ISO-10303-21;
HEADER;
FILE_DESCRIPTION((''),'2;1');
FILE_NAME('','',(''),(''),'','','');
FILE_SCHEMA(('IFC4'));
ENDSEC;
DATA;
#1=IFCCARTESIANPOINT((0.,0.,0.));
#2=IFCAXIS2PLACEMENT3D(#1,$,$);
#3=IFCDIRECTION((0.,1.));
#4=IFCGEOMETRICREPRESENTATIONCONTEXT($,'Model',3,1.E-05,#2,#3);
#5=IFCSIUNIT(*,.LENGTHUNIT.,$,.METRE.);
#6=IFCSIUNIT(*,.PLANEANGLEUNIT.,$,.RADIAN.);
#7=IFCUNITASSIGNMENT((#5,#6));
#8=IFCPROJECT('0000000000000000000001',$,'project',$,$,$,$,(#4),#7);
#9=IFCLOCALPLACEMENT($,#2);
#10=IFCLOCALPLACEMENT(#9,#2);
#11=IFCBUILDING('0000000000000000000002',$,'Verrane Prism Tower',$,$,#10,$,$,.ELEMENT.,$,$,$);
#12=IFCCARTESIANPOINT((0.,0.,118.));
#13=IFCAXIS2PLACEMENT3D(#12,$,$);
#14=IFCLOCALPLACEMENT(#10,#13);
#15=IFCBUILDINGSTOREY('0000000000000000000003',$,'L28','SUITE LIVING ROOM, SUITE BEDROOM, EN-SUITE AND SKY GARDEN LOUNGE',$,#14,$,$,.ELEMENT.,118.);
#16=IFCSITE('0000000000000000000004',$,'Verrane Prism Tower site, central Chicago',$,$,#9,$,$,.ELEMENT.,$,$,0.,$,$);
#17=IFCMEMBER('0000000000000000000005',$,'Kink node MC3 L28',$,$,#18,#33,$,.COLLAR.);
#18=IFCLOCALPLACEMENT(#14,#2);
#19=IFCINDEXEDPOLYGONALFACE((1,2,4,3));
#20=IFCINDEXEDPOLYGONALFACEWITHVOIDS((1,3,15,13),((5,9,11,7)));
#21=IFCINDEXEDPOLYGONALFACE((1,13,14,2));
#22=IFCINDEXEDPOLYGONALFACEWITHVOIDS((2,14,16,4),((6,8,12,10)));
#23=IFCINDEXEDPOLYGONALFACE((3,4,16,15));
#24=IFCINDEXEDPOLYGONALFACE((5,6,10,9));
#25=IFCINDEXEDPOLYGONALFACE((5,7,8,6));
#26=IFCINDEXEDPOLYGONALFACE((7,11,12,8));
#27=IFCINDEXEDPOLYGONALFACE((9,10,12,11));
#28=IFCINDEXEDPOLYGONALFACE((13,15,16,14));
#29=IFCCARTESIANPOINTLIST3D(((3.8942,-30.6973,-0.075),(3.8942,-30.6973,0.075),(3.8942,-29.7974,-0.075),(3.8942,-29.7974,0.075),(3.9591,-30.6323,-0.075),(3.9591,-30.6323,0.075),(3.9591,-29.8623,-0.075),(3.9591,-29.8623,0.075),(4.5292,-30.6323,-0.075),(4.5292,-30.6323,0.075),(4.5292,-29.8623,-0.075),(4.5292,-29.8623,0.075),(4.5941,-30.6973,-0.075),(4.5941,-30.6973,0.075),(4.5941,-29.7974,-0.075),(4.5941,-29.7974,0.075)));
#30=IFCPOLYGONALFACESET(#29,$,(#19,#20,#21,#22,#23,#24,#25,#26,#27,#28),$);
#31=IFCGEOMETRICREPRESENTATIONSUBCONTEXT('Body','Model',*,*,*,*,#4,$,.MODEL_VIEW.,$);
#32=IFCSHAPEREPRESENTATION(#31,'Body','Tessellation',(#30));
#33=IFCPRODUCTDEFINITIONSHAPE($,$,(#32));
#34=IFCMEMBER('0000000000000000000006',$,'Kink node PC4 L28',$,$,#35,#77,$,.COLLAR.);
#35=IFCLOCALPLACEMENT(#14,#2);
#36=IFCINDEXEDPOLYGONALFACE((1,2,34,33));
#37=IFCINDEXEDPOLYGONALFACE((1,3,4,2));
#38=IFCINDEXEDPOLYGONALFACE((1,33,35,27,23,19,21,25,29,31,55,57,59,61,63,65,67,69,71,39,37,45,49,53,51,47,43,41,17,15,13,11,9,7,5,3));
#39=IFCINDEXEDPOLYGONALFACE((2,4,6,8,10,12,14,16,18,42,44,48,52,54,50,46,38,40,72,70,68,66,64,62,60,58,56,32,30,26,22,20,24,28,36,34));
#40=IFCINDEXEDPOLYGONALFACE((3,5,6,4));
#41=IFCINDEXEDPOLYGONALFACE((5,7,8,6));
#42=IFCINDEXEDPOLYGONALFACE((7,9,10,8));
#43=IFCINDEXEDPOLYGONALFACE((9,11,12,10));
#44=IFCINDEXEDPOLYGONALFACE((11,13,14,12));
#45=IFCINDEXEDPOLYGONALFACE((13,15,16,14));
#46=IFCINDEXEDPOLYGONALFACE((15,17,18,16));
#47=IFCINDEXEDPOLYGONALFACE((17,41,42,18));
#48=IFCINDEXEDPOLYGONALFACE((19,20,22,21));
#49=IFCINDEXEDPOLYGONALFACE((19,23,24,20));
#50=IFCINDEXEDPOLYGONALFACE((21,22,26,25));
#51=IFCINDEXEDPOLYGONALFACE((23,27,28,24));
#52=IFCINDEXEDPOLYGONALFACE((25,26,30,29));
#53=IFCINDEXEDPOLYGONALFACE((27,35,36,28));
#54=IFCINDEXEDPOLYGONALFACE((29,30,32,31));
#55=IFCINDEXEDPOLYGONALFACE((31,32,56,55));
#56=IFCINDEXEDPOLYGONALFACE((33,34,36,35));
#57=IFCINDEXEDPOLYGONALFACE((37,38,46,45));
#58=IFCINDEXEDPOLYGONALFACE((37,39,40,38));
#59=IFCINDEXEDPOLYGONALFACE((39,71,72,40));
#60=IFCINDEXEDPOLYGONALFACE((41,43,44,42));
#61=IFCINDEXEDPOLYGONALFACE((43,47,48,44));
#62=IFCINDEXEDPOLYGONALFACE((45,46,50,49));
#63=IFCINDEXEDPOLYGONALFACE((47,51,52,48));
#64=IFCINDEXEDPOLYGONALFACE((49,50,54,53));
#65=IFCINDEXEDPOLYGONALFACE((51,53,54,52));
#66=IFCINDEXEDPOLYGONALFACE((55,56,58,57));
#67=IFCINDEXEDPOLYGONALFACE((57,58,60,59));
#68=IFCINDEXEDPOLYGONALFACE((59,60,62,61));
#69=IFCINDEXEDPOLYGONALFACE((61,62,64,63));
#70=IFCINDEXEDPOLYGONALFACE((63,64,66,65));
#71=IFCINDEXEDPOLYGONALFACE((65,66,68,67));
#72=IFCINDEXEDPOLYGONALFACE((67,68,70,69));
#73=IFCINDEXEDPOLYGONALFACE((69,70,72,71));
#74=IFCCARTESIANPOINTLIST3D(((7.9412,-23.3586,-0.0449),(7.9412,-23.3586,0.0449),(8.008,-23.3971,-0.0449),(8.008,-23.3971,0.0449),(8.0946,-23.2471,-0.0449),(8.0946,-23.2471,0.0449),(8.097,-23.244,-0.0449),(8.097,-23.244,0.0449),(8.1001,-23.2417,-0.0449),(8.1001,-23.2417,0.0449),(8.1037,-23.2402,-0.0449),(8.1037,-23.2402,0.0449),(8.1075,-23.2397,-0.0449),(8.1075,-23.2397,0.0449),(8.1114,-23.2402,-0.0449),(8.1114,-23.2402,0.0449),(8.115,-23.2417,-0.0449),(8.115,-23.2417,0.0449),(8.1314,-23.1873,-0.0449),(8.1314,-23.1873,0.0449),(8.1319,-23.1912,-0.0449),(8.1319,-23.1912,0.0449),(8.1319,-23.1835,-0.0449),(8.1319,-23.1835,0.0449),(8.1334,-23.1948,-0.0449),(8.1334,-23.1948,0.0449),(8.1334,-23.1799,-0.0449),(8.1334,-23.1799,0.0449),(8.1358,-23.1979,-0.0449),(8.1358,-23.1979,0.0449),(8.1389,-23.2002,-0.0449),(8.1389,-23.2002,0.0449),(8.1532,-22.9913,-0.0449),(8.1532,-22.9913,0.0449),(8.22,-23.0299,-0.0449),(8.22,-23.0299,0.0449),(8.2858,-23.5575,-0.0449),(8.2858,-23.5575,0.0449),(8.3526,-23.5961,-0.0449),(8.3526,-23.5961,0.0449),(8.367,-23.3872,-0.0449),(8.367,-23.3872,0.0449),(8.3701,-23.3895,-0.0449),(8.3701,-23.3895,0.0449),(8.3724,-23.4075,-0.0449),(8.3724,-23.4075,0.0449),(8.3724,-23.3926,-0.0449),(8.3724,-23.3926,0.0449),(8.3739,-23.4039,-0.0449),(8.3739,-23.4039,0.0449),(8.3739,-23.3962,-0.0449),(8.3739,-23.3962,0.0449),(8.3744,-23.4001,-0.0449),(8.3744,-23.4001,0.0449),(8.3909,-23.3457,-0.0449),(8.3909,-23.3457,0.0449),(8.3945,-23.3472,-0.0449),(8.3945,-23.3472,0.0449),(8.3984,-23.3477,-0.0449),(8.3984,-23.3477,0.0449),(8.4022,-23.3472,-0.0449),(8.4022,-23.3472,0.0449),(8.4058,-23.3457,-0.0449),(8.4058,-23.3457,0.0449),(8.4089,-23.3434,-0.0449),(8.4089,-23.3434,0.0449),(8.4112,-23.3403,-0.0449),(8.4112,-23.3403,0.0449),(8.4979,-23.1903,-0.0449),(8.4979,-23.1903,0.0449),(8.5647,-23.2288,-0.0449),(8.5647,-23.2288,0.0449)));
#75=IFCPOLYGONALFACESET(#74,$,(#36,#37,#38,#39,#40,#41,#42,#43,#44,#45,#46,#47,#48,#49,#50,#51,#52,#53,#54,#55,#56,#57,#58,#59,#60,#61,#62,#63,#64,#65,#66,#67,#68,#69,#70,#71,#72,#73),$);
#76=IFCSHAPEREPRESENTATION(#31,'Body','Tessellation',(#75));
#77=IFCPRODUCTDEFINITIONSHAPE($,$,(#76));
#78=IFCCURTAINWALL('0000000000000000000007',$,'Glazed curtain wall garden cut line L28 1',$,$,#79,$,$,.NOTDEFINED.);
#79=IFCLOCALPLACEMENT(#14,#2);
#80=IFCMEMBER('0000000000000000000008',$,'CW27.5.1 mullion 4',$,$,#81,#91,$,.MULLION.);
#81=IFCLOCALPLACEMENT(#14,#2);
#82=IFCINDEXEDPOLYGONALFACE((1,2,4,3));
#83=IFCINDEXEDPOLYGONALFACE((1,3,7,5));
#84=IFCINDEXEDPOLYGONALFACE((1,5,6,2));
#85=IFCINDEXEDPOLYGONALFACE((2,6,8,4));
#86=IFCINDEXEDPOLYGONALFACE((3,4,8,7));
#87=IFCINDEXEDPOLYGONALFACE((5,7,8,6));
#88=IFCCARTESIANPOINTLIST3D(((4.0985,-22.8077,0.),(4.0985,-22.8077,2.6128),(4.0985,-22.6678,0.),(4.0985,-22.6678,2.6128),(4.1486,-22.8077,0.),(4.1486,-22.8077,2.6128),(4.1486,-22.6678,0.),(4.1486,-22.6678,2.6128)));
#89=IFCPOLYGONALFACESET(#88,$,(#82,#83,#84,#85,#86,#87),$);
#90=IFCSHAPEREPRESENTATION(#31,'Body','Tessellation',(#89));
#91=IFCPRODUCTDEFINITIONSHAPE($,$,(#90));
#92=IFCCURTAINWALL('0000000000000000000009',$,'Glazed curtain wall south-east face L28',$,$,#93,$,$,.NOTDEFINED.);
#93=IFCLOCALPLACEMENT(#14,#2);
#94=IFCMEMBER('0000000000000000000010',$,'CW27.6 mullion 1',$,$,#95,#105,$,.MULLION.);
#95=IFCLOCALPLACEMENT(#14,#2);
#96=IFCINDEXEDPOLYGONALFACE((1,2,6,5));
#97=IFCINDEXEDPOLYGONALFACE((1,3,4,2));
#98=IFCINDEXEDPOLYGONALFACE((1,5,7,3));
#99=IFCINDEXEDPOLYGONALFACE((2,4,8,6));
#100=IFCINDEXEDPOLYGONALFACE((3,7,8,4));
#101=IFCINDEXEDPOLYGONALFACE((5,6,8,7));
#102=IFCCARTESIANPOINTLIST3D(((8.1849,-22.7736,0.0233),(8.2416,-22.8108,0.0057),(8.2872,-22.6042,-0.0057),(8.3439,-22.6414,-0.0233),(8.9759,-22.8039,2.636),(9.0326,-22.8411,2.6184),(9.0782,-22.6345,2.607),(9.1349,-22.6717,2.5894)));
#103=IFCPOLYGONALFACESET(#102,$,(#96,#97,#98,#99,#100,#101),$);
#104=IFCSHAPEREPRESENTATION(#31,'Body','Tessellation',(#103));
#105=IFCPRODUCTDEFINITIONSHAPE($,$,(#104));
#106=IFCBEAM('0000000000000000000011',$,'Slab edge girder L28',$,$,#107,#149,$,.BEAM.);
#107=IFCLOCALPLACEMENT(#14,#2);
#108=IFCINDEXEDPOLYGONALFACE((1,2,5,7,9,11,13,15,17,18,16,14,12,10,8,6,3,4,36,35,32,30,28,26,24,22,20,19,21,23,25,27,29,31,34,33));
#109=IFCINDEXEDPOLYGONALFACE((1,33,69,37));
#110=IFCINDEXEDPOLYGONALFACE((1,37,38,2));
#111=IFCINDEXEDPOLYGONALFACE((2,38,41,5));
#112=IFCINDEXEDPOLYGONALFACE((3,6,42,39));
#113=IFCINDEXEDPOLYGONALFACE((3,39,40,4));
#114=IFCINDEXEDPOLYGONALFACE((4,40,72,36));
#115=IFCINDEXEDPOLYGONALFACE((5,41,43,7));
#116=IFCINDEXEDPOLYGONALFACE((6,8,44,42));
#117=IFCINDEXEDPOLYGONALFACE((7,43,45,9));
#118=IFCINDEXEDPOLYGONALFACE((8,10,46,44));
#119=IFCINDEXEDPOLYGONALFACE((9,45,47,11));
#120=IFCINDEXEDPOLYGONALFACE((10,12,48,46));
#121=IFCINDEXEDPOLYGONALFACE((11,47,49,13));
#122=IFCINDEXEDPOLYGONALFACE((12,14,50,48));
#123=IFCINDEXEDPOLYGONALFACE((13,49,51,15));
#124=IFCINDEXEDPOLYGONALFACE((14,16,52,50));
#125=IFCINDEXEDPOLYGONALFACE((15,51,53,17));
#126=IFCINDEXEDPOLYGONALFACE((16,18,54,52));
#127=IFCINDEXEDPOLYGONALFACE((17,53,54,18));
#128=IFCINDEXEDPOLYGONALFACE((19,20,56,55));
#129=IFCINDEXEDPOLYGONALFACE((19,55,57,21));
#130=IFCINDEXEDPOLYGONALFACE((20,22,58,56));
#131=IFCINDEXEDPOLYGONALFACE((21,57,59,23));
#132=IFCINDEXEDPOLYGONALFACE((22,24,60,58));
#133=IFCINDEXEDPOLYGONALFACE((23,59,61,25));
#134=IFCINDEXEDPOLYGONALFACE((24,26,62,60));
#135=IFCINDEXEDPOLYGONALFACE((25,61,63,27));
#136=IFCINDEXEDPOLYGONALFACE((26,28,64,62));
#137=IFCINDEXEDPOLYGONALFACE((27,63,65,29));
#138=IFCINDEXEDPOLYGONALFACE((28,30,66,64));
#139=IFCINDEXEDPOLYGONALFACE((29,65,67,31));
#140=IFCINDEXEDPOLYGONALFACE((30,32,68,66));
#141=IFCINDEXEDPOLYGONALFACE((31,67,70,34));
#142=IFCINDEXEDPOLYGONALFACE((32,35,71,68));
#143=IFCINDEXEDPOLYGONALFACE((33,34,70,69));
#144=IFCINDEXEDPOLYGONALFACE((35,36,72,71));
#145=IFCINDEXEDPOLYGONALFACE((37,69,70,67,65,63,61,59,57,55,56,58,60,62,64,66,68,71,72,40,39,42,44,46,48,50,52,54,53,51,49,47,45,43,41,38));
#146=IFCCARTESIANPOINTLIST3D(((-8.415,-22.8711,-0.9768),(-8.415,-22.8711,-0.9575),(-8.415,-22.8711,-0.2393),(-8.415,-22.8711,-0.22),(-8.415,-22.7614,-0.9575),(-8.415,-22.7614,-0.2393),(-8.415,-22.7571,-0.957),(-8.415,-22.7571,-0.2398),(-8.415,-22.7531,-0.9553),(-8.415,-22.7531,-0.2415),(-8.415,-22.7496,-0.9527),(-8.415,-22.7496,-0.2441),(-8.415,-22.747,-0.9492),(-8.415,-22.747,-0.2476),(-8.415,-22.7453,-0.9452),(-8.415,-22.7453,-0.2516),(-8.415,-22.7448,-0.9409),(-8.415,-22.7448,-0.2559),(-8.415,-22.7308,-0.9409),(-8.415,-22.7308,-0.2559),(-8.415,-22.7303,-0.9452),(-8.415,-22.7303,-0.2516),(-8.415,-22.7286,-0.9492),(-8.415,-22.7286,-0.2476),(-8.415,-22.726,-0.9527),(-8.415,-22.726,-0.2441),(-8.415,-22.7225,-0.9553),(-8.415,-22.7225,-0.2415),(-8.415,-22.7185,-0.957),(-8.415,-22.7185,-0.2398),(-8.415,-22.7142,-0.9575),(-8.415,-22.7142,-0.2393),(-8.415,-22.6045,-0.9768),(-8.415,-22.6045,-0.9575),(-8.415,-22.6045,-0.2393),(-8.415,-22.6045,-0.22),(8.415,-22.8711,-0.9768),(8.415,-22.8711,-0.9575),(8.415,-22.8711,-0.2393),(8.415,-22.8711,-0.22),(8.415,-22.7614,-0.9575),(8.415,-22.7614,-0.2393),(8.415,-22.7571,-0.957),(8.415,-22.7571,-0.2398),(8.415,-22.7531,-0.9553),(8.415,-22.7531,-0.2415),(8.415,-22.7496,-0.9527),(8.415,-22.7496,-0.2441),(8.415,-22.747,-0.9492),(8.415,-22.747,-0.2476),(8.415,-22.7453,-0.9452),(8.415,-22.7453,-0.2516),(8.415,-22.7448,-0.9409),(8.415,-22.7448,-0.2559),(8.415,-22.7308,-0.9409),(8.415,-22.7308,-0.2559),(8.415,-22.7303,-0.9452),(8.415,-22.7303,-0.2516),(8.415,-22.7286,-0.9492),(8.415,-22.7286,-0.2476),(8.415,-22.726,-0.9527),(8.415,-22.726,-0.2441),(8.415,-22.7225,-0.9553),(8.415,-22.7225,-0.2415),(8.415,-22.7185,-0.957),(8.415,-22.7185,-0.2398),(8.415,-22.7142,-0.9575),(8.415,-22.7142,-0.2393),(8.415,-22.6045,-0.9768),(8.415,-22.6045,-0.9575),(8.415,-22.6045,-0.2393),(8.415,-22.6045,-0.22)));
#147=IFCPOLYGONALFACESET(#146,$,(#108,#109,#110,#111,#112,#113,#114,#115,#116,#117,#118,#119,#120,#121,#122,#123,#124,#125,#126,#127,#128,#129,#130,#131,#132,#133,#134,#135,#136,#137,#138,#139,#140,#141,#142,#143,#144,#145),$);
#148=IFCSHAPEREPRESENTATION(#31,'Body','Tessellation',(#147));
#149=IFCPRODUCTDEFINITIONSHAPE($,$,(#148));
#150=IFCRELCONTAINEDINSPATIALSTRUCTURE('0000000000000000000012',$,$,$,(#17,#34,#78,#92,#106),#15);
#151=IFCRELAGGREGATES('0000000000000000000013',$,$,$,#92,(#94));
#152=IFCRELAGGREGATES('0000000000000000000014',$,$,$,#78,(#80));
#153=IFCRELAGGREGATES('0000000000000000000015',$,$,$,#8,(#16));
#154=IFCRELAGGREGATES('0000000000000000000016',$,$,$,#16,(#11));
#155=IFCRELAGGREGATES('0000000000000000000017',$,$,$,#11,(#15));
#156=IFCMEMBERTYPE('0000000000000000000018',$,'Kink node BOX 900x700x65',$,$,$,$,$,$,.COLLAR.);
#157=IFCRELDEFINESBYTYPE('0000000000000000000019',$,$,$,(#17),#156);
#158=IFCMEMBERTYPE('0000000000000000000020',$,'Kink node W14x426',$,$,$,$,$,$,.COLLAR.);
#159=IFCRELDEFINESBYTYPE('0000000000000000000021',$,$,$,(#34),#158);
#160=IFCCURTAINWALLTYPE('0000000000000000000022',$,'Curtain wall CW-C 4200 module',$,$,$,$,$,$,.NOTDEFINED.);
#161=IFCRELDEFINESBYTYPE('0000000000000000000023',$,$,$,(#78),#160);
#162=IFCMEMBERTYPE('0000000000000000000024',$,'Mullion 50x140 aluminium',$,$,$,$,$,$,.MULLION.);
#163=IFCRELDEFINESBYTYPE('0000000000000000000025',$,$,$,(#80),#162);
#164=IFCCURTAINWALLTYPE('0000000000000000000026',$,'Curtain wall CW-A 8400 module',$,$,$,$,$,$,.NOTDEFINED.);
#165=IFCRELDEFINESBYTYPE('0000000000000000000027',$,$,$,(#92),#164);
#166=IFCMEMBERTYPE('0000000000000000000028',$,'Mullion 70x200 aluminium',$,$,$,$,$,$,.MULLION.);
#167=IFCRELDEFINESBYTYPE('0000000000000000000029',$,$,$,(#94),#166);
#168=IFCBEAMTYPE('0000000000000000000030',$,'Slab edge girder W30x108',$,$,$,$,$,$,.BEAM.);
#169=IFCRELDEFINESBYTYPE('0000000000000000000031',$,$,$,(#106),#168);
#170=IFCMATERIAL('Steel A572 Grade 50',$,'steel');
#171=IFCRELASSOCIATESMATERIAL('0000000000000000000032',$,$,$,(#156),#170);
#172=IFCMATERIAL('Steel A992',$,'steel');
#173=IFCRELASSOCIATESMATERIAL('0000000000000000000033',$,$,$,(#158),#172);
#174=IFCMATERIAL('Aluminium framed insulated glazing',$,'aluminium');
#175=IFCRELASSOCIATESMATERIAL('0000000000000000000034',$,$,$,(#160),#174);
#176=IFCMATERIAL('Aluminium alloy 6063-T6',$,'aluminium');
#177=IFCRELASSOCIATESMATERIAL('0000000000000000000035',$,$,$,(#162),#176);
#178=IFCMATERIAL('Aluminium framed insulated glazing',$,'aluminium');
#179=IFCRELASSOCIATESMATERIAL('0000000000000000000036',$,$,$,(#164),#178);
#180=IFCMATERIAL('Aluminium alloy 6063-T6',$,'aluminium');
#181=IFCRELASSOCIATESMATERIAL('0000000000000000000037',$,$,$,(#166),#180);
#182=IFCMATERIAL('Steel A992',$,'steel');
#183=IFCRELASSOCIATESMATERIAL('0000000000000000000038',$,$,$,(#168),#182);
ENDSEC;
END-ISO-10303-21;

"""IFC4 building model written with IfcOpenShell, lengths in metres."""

from ifc_helpers import new_model, si_unit, direction, frame, origin, origin_2d, place, context, subcontext, project, spatial, rectangle, hollow_rectangle, i_section, extrude, material, material_profile, profile_set, type_object, element, aggregate, save


model = new_model("IFC4")

# Units and contexts
model_context = context("Model", 3, precision=1e-05, world=origin(), true_north=direction((0.0, 1.0)))
body_context = subcontext(model_context, "Body", "Model", "MODEL_VIEW")
ifc_project = project(units=[si_unit("LENGTHUNIT", "METRE"), si_unit("PLANEANGLEUNIT", "RADIAN")], contexts=[model_context])

# Site, building, storey
site_placement = place(None, origin())
site = spatial("IfcSite", under=ifc_project, at=site_placement, Name="Verrane Prism Tower site, central Chicago", CompositionType="ELEMENT", RefElevation=0.0)
building_placement = place(site_placement, origin())
building = spatial("IfcBuilding", under=site, at=building_placement, Name="Verrane Prism Tower", CompositionType="ELEMENT")
storey_placement = place(building_placement, frame((0.0, 0.0, 118.0)))
storey = spatial("IfcBuildingStorey", under=building, at=storey_placement, Name="L28", Description="SUITE LIVING ROOM, SUITE BEDROOM, EN-SUITE AND SKY GARDEN LOUNGE", CompositionType="ELEMENT", Elevation=118.0)

# Members
ifc_material_1 = material(Name="Steel A572 Grade 50", Category="steel")
ifc_material_profile_1 = material_profile(ifc_material_1, hollow_rectangle(XDim=0.7, YDim=0.8999, WallThickness=0.0649, at=origin_2d()), Name="BOX 900x700x65")
ifc_profile_set_1 = profile_set([ifc_material_profile_1], Name="Steel A572 Grade 50")
member_type_1 = type_object("IfcMemberType", Name="Kink node BOX 900x700x65", PredefinedType="COLLAR", material=ifc_profile_set_1)
member_1_placement = place(storey_placement, frame((4.2441, -30.2473, -0.075), z_axis=(0.0, 0.0, 1.0), x_axis=(-1.0, 0.0, 0.0)))
element("IfcMember", 1, at=member_1_placement, inside=storey, type_object=member_type_1, Name="Kink node MC3 L28", PredefinedType="COLLAR", context=body_context, shape_type="SweptSolid", body=[
    extrude(hollow_rectangle(XDim=0.7, YDim=0.8999, WallThickness=0.0649, at=origin_2d()), origin(), (0.0, 0.0, 1.0), 0.1499),
])
ifc_material_2 = material(Name="Steel A992", Category="steel")
ifc_material_profile_2 = material_profile(ifc_material_2, i_section(OverallWidth=0.4241, OverallDepth=0.4751, WebThickness=0.0479, FlangeThickness=0.0771, FilletRadius=0.0149, at=origin_2d()), Name="W14x426")
ifc_profile_set_2 = profile_set([ifc_material_profile_2], Name="Steel A992")
member_type_2 = type_object("IfcMemberType", Name="Kink node W14x426", PredefinedType="COLLAR", material=ifc_profile_set_2)
member_2_placement = place(storey_placement, frame((8.2529, -23.2937, -0.0449), z_axis=(0.0, 0.0, 1.0), x_axis=(-0.5, -0.866025, 0.0)))
element("IfcMember", 2, at=member_2_placement, inside=storey, type_object=member_type_2, Name="Kink node PC4 L28", PredefinedType="COLLAR", context=body_context, shape_type="SweptSolid", body=[
    extrude(i_section(OverallWidth=0.4241, OverallDepth=0.4751, WebThickness=0.0479, FlangeThickness=0.0771, FilletRadius=0.0149, at=origin_2d()), origin(), (0.0, 0.0, 1.0), 0.0898),
])

# Curtain walls, members
ifc_material_3 = material(Name="Aluminium framed insulated glazing", Category="aluminium")
curtain_wall_type_1 = type_object("IfcCurtainWallType", Name="Curtain wall CW-C 4200 module", PredefinedType="NOTDEFINED", material=ifc_material_3)
curtain_wall_1_placement = place(storey_placement, origin())
curtain_wall_1 = element("IfcCurtainWall", 3, at=curtain_wall_1_placement, inside=storey, type_object=curtain_wall_type_1, Name="Glazed curtain wall garden cut line L28 1", PredefinedType="NOTDEFINED")
ifc_material_4 = material(Name="Aluminium alloy 6063-T6", Category="aluminium")
ifc_material_profile_3 = material_profile(ifc_material_4, rectangle(XDim=0.1399, YDim=0.05, at=origin_2d()), Name="Mullion 50x140 aluminium")
ifc_profile_set_3 = profile_set([ifc_material_profile_3], Name="Aluminium alloy 6063-T6")
member_type_3 = type_object("IfcMemberType", Name="Mullion 50x140 aluminium", PredefinedType="MULLION", material=ifc_profile_set_3)
member_3_placement = place(storey_placement, frame((4.1235, -22.7378, 0.0), z_axis=(0.0, 0.0, 1.0), x_axis=(0.0, 1.0, 0.0)))
member_3 = element("IfcMember", 4, at=member_3_placement, type_object=member_type_3, Name="CW27.5.1 mullion 4", PredefinedType="MULLION", context=body_context, shape_type="SweptSolid", body=[
    extrude(rectangle(XDim=0.1399, YDim=0.05, at=origin_2d()), origin(), (0.0, 0.0, 1.0), 2.6128),
])
ifc_material_5 = material(Name="Aluminium framed insulated glazing", Category="aluminium")
curtain_wall_type_2 = type_object("IfcCurtainWallType", Name="Curtain wall CW-A 8400 module", PredefinedType="NOTDEFINED", material=ifc_material_5)
curtain_wall_2_placement = place(storey_placement, origin())
curtain_wall_2 = element("IfcCurtainWall", 5, at=curtain_wall_2_placement, inside=storey, type_object=curtain_wall_type_2, Name="Glazed curtain wall south-east face L28", PredefinedType="NOTDEFINED")
ifc_material_6 = material(Name="Aluminium alloy 6063-T6", Category="aluminium")
ifc_material_profile_4 = material_profile(ifc_material_6, rectangle(XDim=0.2, YDim=0.0701, at=origin_2d()), Name="Mullion 70x200 aluminium")
ifc_profile_set_4 = profile_set([ifc_material_profile_4], Name="Aluminium alloy 6063-T6")
member_type_4 = type_object("IfcMemberType", Name="Mullion 70x200 aluminium", PredefinedType="MULLION", material=ifc_profile_set_4)
member_4_placement = place(storey_placement, frame((8.2644, -22.7075, 0.0), z_axis=(0.289741, -0.011089, 0.957041), x_axis=(-0.511289, -0.847092, 0.144976)))
member_4 = element("IfcMember", 6, at=member_4_placement, type_object=member_type_4, Name="CW27.6 mullion 1", PredefinedType="MULLION", context=body_context, shape_type="SweptSolid", body=[
    extrude(rectangle(XDim=0.2, YDim=0.0701, at=origin_2d()), origin(), (0.0, 0.0, 1.0), 2.73),
])

# Beam
ifc_material_7 = material(Name="Steel A992", Category="steel")
ifc_material_profile_5 = material_profile(ifc_material_7, i_section(OverallWidth=0.2666, OverallDepth=0.7568, WebThickness=0.0139, FlangeThickness=0.0193, FilletRadius=0.0166, at=origin_2d()), Name="W30x108")
ifc_profile_set_5 = profile_set([ifc_material_profile_5], Name="Steel A992")
beam_type_1 = type_object("IfcBeamType", Name="Slab edge girder W30x108", PredefinedType="BEAM", material=ifc_profile_set_5)
beam_1_placement = place(storey_placement, frame((8.415, -22.7378, -0.5984), z_axis=(-1.0, 0.0, 0.0), x_axis=(0.0, -1.0, 0.0)))
element("IfcBeam", 7, at=beam_1_placement, inside=storey, type_object=beam_type_1, Name="Slab edge girder L28", PredefinedType="BEAM", context=body_context, shape_type="SweptSolid", body=[
    extrude(i_section(OverallWidth=0.2666, OverallDepth=0.7568, WebThickness=0.0139, FlangeThickness=0.0193, FilletRadius=0.0166, at=origin_2d()), origin(), (0.0, 0.0, 1.0), 16.8301),
])

aggregate(curtain_wall_2, [member_4])
aggregate(curtain_wall_1, [member_3])

save(model, "model.ifc")
